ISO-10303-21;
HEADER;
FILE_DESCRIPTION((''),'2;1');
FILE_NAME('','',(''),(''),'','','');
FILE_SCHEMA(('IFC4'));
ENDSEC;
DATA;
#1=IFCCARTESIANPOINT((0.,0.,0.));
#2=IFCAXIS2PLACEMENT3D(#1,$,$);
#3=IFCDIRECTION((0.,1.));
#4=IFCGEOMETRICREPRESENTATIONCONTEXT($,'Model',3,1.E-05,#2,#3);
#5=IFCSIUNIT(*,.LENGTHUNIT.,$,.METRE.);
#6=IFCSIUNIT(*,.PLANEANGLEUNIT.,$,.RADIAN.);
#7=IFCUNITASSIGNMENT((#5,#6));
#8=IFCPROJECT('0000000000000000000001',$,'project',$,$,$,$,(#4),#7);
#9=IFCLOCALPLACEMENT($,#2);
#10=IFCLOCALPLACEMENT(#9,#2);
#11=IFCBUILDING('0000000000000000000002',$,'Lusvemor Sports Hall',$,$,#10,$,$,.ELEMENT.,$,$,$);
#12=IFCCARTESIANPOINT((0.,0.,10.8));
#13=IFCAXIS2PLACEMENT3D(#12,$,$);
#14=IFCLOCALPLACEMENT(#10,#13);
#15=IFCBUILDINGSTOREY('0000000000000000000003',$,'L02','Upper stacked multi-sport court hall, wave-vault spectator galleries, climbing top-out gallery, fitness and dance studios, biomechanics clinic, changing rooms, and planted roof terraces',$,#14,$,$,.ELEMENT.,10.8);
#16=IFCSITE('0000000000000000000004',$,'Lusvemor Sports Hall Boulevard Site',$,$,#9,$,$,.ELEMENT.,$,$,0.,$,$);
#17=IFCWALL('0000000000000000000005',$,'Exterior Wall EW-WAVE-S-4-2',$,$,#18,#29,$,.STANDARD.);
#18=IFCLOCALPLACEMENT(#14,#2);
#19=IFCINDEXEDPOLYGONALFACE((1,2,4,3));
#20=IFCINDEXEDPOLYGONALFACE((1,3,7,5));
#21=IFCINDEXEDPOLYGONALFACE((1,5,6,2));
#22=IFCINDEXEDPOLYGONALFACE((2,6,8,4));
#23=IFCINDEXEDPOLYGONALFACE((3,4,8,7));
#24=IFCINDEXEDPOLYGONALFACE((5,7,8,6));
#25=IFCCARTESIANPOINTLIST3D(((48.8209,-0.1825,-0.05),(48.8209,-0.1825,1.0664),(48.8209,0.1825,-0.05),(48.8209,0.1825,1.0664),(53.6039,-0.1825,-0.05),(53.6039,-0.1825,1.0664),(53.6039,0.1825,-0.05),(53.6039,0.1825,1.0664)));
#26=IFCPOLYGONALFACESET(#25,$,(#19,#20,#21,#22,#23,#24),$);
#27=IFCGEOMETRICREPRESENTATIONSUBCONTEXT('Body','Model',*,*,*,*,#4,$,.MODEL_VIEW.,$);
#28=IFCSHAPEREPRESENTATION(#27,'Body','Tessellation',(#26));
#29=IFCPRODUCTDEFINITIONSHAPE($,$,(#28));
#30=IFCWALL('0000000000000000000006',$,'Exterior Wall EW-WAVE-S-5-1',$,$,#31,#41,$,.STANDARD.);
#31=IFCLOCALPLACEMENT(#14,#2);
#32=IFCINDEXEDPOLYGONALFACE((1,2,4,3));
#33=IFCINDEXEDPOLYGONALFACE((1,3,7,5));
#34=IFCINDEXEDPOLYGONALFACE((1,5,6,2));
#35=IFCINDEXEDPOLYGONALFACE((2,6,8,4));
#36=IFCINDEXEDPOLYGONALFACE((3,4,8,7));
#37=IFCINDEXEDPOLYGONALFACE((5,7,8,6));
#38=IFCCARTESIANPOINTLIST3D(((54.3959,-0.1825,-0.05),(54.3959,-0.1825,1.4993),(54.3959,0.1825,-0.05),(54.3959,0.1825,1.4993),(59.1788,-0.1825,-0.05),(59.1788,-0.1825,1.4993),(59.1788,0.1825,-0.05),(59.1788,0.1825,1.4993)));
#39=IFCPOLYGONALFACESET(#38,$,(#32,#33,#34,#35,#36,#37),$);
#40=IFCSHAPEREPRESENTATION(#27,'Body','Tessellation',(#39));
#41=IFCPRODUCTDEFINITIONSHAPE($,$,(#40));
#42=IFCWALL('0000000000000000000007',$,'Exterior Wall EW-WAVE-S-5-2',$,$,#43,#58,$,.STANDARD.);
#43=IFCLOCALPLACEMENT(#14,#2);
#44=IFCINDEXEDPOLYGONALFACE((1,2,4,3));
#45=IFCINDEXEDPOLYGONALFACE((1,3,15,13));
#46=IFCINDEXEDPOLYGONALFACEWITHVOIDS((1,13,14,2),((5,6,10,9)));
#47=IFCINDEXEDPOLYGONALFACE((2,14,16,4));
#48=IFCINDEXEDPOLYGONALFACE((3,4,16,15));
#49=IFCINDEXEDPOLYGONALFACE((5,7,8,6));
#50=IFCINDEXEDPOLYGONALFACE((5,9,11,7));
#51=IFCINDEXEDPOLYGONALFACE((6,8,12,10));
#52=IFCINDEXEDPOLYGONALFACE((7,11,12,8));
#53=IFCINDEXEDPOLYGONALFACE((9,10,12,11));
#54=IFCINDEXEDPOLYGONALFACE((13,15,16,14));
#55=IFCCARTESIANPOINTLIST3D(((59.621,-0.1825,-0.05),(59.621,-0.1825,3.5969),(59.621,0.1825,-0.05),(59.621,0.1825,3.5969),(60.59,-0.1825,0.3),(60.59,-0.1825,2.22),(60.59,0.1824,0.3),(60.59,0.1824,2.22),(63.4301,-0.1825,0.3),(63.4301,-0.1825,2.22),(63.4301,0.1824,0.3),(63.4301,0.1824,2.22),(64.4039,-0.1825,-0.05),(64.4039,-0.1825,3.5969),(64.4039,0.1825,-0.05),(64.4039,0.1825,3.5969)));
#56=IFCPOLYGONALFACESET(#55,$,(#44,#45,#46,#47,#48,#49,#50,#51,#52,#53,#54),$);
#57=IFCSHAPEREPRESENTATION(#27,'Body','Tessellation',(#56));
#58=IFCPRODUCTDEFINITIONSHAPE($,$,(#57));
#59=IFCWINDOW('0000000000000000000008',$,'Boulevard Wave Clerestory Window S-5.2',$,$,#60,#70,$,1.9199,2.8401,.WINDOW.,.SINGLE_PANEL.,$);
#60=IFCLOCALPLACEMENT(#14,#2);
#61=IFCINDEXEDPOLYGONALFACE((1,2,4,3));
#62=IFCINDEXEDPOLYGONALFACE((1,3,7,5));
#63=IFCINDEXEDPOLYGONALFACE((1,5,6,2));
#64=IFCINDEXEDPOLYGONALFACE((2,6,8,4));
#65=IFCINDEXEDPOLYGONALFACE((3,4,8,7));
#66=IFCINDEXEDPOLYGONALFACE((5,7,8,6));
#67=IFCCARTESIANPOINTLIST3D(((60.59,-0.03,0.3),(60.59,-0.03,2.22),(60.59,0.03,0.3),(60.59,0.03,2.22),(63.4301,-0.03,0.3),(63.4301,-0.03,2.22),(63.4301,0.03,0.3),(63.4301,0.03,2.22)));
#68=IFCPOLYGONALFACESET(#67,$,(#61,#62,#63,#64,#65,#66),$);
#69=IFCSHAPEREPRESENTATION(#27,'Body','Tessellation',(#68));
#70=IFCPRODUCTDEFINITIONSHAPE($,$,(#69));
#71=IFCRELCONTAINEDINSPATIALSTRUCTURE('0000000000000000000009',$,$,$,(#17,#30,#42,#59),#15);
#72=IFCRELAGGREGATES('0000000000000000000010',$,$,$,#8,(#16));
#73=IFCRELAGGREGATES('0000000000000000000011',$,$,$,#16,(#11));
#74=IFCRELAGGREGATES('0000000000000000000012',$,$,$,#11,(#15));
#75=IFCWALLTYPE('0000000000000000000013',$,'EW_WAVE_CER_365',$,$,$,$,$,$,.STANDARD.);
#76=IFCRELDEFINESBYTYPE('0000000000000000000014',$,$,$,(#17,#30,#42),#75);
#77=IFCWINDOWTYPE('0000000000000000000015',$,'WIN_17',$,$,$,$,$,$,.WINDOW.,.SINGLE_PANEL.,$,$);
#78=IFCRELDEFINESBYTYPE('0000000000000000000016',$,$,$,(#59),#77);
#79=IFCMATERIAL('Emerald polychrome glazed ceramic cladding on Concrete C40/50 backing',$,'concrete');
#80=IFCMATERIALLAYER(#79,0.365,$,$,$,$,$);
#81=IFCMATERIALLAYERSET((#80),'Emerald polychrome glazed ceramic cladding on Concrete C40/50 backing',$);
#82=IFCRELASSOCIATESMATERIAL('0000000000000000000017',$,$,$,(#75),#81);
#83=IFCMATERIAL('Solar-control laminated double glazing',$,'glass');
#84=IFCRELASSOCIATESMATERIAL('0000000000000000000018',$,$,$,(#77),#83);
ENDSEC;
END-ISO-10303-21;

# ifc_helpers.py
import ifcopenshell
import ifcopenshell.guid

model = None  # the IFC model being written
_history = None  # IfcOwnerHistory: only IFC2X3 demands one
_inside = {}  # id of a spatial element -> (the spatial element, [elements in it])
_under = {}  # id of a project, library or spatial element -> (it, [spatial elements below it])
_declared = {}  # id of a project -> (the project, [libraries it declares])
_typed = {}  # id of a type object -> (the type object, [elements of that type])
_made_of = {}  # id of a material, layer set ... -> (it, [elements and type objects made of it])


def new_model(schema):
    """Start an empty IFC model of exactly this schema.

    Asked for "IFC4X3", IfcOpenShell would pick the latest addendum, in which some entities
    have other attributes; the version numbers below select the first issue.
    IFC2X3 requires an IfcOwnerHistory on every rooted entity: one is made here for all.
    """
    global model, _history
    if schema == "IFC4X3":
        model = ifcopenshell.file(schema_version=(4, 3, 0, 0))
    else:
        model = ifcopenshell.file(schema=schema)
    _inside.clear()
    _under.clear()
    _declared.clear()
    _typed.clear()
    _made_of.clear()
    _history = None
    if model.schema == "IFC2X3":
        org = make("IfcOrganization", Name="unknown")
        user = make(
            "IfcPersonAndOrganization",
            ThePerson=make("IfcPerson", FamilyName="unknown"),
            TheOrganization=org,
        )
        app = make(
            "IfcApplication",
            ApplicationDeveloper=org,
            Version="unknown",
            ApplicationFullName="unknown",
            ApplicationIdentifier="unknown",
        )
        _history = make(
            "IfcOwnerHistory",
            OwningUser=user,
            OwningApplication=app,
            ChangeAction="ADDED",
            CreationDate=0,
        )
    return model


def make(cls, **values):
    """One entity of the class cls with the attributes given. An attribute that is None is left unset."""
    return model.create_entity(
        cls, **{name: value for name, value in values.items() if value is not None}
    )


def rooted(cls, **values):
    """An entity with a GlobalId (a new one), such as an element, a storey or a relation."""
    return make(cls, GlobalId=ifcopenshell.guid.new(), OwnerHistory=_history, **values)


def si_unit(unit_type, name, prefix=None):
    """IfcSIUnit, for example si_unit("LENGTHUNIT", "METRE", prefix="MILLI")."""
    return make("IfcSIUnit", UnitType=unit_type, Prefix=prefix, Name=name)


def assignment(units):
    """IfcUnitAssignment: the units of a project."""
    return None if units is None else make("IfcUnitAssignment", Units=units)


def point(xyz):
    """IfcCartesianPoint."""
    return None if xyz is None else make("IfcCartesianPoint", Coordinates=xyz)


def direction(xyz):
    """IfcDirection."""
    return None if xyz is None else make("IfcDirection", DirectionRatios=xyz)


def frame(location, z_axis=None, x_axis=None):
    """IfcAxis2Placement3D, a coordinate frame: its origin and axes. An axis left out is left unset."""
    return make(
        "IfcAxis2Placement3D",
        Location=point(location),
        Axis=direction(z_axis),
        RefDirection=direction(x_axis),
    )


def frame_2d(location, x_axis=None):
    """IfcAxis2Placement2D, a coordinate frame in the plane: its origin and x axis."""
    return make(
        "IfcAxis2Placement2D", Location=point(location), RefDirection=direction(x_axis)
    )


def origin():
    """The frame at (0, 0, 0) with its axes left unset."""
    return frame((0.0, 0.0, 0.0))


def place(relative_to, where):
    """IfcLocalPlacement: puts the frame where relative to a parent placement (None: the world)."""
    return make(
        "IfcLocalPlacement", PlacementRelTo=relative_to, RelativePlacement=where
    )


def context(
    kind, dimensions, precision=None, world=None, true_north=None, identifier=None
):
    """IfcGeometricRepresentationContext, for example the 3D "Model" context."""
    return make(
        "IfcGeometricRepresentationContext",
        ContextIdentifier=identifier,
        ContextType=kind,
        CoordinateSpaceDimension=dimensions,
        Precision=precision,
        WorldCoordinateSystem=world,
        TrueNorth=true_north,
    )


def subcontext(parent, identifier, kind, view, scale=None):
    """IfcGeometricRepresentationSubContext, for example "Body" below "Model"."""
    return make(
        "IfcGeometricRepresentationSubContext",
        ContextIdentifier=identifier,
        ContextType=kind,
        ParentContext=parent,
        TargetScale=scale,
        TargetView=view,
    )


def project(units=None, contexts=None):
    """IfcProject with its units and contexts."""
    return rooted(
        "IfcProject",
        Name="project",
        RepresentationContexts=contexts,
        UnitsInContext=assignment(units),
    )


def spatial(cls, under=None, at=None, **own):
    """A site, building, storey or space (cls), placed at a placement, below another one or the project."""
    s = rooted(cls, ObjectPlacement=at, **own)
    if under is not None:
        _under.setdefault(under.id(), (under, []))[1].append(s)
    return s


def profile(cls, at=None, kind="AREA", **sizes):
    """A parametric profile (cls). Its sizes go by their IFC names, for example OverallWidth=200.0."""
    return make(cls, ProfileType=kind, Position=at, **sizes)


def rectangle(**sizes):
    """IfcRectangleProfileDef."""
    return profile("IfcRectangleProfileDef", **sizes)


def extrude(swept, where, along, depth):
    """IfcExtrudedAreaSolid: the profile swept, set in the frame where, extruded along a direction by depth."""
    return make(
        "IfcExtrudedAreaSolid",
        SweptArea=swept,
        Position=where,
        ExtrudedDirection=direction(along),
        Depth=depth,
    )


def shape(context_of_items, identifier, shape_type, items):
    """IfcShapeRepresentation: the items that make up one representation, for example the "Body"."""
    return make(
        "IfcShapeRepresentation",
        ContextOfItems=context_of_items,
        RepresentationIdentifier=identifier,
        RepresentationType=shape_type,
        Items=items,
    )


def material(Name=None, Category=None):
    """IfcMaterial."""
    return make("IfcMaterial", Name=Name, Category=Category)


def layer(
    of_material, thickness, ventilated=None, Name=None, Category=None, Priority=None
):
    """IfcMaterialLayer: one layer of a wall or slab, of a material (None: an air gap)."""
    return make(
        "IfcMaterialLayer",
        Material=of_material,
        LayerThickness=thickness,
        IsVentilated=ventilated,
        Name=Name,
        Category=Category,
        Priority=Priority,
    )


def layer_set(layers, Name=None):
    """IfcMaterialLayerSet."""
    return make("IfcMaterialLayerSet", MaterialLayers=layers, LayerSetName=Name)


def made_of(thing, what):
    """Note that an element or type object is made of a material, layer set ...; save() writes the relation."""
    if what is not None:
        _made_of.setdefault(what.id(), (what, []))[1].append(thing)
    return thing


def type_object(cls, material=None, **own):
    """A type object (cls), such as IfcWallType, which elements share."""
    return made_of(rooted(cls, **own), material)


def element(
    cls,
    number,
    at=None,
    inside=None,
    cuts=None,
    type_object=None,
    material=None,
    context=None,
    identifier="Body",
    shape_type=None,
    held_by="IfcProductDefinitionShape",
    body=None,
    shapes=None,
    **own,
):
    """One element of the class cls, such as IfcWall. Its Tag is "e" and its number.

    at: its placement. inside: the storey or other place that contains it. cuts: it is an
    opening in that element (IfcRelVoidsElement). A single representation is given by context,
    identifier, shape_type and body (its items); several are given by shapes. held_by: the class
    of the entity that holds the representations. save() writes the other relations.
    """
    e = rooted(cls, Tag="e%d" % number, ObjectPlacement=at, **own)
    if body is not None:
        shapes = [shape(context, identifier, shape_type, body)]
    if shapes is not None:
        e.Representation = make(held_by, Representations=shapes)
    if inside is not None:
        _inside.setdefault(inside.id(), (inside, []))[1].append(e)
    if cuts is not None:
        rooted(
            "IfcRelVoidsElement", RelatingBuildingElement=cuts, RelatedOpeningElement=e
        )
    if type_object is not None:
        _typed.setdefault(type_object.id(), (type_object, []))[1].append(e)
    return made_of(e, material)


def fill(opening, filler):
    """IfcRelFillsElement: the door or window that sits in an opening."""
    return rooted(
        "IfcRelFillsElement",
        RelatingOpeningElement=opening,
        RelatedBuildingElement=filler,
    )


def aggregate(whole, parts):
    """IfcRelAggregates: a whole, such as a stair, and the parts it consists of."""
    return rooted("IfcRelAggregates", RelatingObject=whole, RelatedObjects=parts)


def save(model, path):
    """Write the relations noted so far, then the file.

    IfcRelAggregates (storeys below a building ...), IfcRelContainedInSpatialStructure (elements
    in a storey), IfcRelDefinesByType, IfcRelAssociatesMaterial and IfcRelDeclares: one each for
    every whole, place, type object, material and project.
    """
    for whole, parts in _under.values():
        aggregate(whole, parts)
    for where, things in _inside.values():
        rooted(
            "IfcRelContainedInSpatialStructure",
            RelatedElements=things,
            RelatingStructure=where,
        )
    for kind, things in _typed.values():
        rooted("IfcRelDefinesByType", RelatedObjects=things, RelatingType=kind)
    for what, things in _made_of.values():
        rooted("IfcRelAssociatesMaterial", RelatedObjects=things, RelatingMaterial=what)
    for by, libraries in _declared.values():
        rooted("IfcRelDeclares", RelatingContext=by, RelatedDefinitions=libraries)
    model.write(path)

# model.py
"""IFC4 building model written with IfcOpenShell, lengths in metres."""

from ifc_helpers import new_model, si_unit, direction, frame, frame_2d, origin, place, context, subcontext, project, spatial, rectangle, extrude, material, layer, layer_set, type_object, element, fill, save


model = new_model("IFC4")

# Units and contexts
model_context = context("Model", 3, precision=1e-05, world=origin(), true_north=direction((0.0, 1.0)))
body_context = subcontext(model_context, "Body", "Model", "MODEL_VIEW")
ifc_project = project(units=[si_unit("LENGTHUNIT", "METRE"), si_unit("PLANEANGLEUNIT", "RADIAN")], contexts=[model_context])

# Site, building, storey
site_placement = place(None, origin())
site = spatial("IfcSite", under=ifc_project, at=site_placement, Name="Lusvemor Sports Hall Boulevard Site", CompositionType="ELEMENT", RefElevation=0.0)
building_placement = place(site_placement, origin())
building = spatial("IfcBuilding", under=site, at=building_placement, Name="Lusvemor Sports Hall", CompositionType="ELEMENT")
storey_placement = place(building_placement, frame((0.0, 0.0, 10.8)))
storey = spatial("IfcBuildingStorey", under=building, at=storey_placement, Name="L02", Description="Upper stacked multi-sport court hall, wave-vault spectator galleries, climbing top-out gallery, fitness and dance studios, biomechanics clinic, changing rooms, and planted roof terraces", CompositionType="ELEMENT", Elevation=10.8)

# Walls
ifc_material_1 = material(Name="Emerald polychrome glazed ceramic cladding on Concrete C40/50 backing", Category="concrete")
ifc_layer = layer(ifc_material_1, 0.365)
ifc_layer_set = layer_set([ifc_layer], Name="Emerald polychrome glazed ceramic cladding on Concrete C40/50 backing")
wall_type = type_object("IfcWallType", Name="EW_WAVE_CER_365", PredefinedType="STANDARD", material=ifc_layer_set)
wall_1_placement = place(storey_placement, frame((53.604, 0.0, -0.05), z_axis=(0.0, 0.0, 1.0), x_axis=(-1.0, 0.0, 0.0)))
element("IfcWall", 1, at=wall_1_placement, inside=storey, type_object=wall_type, Name="Exterior Wall EW-WAVE-S-4-2", PredefinedType="STANDARD", context=body_context, shape_type="SweptSolid", body=[
    extrude(rectangle(XDim=4.783, YDim=0.365, at=frame_2d((2.3916, 0.0))), origin(), (0.0, 0.0, 1.0), 1.1165),
])
wall_2_placement = place(storey_placement, frame((59.179, 0.0, -0.05), z_axis=(0.0, 0.0, 1.0), x_axis=(-1.0, 0.0, 0.0)))
element("IfcWall", 2, at=wall_2_placement, inside=storey, type_object=wall_type, Name="Exterior Wall EW-WAVE-S-5-1", PredefinedType="STANDARD", context=body_context, shape_type="SweptSolid", body=[
    extrude(rectangle(XDim=4.783, YDim=0.365, at=frame_2d((2.3916, 0.0))), origin(), (0.0, 0.0, 1.0), 1.5493),
])

# Wall, opening, window
wall_3_placement = place(storey_placement, frame((64.4041, 0.0, -0.05), z_axis=(0.0, 0.0, 1.0), x_axis=(-1.0, 0.0, 0.0)))
wall_3 = element("IfcWall", 3, at=wall_3_placement, inside=storey, type_object=wall_type, Name="Exterior Wall EW-WAVE-S-5-2", PredefinedType="STANDARD", context=body_context, shape_type="SweptSolid", body=[
    extrude(rectangle(XDim=4.783, YDim=0.365, at=frame_2d((2.3916, 0.0))), origin(), (0.0, 0.0, 1.0), 3.647),
])
opening_placement = place(wall_3_placement, frame((0.9741, 0.0, 0.3501)))
opening = element("IfcOpeningElement", 4, at=opening_placement, cuts=wall_3, PredefinedType="OPENING", context=body_context, shape_type="SweptSolid", body=[
    extrude(rectangle(XDim=2.8401, YDim=1.9199, at=frame_2d((1.4199, 0.96))), frame((0.0, 0.1826, 0.0), z_axis=(0.0, -1.0, 0.0), x_axis=(1.0, 0.0, 0.0)), (0.0, 0.0, 1.0), 0.365),
])
ifc_material_2 = material(Name="Solar-control laminated double glazing", Category="glass")
window_type = type_object("IfcWindowType", Name="WIN_17", PartitioningType="SINGLE_PANEL", PredefinedType="WINDOW", material=ifc_material_2)
window_placement = place(opening_placement, origin())
window = element("IfcWindow", 5, at=window_placement, inside=storey, type_object=window_type, Name="Boulevard Wave Clerestory Window S-5.2", OverallHeight=1.9199, OverallWidth=2.8401, PartitioningType="SINGLE_PANEL", PredefinedType="WINDOW", context=body_context, shape_type="SweptSolid", body=[
    extrude(rectangle(XDim=2.8401, YDim=1.9199, at=frame_2d((1.4199, 0.96))), frame((0.0, 0.03, 0.0), z_axis=(0.0, -1.0, 0.0), x_axis=(1.0, 0.0, 0.0)), (0.0, 0.0, 1.0), 0.0601),
])
fill(opening, window)

save(model, "model.ifc")
